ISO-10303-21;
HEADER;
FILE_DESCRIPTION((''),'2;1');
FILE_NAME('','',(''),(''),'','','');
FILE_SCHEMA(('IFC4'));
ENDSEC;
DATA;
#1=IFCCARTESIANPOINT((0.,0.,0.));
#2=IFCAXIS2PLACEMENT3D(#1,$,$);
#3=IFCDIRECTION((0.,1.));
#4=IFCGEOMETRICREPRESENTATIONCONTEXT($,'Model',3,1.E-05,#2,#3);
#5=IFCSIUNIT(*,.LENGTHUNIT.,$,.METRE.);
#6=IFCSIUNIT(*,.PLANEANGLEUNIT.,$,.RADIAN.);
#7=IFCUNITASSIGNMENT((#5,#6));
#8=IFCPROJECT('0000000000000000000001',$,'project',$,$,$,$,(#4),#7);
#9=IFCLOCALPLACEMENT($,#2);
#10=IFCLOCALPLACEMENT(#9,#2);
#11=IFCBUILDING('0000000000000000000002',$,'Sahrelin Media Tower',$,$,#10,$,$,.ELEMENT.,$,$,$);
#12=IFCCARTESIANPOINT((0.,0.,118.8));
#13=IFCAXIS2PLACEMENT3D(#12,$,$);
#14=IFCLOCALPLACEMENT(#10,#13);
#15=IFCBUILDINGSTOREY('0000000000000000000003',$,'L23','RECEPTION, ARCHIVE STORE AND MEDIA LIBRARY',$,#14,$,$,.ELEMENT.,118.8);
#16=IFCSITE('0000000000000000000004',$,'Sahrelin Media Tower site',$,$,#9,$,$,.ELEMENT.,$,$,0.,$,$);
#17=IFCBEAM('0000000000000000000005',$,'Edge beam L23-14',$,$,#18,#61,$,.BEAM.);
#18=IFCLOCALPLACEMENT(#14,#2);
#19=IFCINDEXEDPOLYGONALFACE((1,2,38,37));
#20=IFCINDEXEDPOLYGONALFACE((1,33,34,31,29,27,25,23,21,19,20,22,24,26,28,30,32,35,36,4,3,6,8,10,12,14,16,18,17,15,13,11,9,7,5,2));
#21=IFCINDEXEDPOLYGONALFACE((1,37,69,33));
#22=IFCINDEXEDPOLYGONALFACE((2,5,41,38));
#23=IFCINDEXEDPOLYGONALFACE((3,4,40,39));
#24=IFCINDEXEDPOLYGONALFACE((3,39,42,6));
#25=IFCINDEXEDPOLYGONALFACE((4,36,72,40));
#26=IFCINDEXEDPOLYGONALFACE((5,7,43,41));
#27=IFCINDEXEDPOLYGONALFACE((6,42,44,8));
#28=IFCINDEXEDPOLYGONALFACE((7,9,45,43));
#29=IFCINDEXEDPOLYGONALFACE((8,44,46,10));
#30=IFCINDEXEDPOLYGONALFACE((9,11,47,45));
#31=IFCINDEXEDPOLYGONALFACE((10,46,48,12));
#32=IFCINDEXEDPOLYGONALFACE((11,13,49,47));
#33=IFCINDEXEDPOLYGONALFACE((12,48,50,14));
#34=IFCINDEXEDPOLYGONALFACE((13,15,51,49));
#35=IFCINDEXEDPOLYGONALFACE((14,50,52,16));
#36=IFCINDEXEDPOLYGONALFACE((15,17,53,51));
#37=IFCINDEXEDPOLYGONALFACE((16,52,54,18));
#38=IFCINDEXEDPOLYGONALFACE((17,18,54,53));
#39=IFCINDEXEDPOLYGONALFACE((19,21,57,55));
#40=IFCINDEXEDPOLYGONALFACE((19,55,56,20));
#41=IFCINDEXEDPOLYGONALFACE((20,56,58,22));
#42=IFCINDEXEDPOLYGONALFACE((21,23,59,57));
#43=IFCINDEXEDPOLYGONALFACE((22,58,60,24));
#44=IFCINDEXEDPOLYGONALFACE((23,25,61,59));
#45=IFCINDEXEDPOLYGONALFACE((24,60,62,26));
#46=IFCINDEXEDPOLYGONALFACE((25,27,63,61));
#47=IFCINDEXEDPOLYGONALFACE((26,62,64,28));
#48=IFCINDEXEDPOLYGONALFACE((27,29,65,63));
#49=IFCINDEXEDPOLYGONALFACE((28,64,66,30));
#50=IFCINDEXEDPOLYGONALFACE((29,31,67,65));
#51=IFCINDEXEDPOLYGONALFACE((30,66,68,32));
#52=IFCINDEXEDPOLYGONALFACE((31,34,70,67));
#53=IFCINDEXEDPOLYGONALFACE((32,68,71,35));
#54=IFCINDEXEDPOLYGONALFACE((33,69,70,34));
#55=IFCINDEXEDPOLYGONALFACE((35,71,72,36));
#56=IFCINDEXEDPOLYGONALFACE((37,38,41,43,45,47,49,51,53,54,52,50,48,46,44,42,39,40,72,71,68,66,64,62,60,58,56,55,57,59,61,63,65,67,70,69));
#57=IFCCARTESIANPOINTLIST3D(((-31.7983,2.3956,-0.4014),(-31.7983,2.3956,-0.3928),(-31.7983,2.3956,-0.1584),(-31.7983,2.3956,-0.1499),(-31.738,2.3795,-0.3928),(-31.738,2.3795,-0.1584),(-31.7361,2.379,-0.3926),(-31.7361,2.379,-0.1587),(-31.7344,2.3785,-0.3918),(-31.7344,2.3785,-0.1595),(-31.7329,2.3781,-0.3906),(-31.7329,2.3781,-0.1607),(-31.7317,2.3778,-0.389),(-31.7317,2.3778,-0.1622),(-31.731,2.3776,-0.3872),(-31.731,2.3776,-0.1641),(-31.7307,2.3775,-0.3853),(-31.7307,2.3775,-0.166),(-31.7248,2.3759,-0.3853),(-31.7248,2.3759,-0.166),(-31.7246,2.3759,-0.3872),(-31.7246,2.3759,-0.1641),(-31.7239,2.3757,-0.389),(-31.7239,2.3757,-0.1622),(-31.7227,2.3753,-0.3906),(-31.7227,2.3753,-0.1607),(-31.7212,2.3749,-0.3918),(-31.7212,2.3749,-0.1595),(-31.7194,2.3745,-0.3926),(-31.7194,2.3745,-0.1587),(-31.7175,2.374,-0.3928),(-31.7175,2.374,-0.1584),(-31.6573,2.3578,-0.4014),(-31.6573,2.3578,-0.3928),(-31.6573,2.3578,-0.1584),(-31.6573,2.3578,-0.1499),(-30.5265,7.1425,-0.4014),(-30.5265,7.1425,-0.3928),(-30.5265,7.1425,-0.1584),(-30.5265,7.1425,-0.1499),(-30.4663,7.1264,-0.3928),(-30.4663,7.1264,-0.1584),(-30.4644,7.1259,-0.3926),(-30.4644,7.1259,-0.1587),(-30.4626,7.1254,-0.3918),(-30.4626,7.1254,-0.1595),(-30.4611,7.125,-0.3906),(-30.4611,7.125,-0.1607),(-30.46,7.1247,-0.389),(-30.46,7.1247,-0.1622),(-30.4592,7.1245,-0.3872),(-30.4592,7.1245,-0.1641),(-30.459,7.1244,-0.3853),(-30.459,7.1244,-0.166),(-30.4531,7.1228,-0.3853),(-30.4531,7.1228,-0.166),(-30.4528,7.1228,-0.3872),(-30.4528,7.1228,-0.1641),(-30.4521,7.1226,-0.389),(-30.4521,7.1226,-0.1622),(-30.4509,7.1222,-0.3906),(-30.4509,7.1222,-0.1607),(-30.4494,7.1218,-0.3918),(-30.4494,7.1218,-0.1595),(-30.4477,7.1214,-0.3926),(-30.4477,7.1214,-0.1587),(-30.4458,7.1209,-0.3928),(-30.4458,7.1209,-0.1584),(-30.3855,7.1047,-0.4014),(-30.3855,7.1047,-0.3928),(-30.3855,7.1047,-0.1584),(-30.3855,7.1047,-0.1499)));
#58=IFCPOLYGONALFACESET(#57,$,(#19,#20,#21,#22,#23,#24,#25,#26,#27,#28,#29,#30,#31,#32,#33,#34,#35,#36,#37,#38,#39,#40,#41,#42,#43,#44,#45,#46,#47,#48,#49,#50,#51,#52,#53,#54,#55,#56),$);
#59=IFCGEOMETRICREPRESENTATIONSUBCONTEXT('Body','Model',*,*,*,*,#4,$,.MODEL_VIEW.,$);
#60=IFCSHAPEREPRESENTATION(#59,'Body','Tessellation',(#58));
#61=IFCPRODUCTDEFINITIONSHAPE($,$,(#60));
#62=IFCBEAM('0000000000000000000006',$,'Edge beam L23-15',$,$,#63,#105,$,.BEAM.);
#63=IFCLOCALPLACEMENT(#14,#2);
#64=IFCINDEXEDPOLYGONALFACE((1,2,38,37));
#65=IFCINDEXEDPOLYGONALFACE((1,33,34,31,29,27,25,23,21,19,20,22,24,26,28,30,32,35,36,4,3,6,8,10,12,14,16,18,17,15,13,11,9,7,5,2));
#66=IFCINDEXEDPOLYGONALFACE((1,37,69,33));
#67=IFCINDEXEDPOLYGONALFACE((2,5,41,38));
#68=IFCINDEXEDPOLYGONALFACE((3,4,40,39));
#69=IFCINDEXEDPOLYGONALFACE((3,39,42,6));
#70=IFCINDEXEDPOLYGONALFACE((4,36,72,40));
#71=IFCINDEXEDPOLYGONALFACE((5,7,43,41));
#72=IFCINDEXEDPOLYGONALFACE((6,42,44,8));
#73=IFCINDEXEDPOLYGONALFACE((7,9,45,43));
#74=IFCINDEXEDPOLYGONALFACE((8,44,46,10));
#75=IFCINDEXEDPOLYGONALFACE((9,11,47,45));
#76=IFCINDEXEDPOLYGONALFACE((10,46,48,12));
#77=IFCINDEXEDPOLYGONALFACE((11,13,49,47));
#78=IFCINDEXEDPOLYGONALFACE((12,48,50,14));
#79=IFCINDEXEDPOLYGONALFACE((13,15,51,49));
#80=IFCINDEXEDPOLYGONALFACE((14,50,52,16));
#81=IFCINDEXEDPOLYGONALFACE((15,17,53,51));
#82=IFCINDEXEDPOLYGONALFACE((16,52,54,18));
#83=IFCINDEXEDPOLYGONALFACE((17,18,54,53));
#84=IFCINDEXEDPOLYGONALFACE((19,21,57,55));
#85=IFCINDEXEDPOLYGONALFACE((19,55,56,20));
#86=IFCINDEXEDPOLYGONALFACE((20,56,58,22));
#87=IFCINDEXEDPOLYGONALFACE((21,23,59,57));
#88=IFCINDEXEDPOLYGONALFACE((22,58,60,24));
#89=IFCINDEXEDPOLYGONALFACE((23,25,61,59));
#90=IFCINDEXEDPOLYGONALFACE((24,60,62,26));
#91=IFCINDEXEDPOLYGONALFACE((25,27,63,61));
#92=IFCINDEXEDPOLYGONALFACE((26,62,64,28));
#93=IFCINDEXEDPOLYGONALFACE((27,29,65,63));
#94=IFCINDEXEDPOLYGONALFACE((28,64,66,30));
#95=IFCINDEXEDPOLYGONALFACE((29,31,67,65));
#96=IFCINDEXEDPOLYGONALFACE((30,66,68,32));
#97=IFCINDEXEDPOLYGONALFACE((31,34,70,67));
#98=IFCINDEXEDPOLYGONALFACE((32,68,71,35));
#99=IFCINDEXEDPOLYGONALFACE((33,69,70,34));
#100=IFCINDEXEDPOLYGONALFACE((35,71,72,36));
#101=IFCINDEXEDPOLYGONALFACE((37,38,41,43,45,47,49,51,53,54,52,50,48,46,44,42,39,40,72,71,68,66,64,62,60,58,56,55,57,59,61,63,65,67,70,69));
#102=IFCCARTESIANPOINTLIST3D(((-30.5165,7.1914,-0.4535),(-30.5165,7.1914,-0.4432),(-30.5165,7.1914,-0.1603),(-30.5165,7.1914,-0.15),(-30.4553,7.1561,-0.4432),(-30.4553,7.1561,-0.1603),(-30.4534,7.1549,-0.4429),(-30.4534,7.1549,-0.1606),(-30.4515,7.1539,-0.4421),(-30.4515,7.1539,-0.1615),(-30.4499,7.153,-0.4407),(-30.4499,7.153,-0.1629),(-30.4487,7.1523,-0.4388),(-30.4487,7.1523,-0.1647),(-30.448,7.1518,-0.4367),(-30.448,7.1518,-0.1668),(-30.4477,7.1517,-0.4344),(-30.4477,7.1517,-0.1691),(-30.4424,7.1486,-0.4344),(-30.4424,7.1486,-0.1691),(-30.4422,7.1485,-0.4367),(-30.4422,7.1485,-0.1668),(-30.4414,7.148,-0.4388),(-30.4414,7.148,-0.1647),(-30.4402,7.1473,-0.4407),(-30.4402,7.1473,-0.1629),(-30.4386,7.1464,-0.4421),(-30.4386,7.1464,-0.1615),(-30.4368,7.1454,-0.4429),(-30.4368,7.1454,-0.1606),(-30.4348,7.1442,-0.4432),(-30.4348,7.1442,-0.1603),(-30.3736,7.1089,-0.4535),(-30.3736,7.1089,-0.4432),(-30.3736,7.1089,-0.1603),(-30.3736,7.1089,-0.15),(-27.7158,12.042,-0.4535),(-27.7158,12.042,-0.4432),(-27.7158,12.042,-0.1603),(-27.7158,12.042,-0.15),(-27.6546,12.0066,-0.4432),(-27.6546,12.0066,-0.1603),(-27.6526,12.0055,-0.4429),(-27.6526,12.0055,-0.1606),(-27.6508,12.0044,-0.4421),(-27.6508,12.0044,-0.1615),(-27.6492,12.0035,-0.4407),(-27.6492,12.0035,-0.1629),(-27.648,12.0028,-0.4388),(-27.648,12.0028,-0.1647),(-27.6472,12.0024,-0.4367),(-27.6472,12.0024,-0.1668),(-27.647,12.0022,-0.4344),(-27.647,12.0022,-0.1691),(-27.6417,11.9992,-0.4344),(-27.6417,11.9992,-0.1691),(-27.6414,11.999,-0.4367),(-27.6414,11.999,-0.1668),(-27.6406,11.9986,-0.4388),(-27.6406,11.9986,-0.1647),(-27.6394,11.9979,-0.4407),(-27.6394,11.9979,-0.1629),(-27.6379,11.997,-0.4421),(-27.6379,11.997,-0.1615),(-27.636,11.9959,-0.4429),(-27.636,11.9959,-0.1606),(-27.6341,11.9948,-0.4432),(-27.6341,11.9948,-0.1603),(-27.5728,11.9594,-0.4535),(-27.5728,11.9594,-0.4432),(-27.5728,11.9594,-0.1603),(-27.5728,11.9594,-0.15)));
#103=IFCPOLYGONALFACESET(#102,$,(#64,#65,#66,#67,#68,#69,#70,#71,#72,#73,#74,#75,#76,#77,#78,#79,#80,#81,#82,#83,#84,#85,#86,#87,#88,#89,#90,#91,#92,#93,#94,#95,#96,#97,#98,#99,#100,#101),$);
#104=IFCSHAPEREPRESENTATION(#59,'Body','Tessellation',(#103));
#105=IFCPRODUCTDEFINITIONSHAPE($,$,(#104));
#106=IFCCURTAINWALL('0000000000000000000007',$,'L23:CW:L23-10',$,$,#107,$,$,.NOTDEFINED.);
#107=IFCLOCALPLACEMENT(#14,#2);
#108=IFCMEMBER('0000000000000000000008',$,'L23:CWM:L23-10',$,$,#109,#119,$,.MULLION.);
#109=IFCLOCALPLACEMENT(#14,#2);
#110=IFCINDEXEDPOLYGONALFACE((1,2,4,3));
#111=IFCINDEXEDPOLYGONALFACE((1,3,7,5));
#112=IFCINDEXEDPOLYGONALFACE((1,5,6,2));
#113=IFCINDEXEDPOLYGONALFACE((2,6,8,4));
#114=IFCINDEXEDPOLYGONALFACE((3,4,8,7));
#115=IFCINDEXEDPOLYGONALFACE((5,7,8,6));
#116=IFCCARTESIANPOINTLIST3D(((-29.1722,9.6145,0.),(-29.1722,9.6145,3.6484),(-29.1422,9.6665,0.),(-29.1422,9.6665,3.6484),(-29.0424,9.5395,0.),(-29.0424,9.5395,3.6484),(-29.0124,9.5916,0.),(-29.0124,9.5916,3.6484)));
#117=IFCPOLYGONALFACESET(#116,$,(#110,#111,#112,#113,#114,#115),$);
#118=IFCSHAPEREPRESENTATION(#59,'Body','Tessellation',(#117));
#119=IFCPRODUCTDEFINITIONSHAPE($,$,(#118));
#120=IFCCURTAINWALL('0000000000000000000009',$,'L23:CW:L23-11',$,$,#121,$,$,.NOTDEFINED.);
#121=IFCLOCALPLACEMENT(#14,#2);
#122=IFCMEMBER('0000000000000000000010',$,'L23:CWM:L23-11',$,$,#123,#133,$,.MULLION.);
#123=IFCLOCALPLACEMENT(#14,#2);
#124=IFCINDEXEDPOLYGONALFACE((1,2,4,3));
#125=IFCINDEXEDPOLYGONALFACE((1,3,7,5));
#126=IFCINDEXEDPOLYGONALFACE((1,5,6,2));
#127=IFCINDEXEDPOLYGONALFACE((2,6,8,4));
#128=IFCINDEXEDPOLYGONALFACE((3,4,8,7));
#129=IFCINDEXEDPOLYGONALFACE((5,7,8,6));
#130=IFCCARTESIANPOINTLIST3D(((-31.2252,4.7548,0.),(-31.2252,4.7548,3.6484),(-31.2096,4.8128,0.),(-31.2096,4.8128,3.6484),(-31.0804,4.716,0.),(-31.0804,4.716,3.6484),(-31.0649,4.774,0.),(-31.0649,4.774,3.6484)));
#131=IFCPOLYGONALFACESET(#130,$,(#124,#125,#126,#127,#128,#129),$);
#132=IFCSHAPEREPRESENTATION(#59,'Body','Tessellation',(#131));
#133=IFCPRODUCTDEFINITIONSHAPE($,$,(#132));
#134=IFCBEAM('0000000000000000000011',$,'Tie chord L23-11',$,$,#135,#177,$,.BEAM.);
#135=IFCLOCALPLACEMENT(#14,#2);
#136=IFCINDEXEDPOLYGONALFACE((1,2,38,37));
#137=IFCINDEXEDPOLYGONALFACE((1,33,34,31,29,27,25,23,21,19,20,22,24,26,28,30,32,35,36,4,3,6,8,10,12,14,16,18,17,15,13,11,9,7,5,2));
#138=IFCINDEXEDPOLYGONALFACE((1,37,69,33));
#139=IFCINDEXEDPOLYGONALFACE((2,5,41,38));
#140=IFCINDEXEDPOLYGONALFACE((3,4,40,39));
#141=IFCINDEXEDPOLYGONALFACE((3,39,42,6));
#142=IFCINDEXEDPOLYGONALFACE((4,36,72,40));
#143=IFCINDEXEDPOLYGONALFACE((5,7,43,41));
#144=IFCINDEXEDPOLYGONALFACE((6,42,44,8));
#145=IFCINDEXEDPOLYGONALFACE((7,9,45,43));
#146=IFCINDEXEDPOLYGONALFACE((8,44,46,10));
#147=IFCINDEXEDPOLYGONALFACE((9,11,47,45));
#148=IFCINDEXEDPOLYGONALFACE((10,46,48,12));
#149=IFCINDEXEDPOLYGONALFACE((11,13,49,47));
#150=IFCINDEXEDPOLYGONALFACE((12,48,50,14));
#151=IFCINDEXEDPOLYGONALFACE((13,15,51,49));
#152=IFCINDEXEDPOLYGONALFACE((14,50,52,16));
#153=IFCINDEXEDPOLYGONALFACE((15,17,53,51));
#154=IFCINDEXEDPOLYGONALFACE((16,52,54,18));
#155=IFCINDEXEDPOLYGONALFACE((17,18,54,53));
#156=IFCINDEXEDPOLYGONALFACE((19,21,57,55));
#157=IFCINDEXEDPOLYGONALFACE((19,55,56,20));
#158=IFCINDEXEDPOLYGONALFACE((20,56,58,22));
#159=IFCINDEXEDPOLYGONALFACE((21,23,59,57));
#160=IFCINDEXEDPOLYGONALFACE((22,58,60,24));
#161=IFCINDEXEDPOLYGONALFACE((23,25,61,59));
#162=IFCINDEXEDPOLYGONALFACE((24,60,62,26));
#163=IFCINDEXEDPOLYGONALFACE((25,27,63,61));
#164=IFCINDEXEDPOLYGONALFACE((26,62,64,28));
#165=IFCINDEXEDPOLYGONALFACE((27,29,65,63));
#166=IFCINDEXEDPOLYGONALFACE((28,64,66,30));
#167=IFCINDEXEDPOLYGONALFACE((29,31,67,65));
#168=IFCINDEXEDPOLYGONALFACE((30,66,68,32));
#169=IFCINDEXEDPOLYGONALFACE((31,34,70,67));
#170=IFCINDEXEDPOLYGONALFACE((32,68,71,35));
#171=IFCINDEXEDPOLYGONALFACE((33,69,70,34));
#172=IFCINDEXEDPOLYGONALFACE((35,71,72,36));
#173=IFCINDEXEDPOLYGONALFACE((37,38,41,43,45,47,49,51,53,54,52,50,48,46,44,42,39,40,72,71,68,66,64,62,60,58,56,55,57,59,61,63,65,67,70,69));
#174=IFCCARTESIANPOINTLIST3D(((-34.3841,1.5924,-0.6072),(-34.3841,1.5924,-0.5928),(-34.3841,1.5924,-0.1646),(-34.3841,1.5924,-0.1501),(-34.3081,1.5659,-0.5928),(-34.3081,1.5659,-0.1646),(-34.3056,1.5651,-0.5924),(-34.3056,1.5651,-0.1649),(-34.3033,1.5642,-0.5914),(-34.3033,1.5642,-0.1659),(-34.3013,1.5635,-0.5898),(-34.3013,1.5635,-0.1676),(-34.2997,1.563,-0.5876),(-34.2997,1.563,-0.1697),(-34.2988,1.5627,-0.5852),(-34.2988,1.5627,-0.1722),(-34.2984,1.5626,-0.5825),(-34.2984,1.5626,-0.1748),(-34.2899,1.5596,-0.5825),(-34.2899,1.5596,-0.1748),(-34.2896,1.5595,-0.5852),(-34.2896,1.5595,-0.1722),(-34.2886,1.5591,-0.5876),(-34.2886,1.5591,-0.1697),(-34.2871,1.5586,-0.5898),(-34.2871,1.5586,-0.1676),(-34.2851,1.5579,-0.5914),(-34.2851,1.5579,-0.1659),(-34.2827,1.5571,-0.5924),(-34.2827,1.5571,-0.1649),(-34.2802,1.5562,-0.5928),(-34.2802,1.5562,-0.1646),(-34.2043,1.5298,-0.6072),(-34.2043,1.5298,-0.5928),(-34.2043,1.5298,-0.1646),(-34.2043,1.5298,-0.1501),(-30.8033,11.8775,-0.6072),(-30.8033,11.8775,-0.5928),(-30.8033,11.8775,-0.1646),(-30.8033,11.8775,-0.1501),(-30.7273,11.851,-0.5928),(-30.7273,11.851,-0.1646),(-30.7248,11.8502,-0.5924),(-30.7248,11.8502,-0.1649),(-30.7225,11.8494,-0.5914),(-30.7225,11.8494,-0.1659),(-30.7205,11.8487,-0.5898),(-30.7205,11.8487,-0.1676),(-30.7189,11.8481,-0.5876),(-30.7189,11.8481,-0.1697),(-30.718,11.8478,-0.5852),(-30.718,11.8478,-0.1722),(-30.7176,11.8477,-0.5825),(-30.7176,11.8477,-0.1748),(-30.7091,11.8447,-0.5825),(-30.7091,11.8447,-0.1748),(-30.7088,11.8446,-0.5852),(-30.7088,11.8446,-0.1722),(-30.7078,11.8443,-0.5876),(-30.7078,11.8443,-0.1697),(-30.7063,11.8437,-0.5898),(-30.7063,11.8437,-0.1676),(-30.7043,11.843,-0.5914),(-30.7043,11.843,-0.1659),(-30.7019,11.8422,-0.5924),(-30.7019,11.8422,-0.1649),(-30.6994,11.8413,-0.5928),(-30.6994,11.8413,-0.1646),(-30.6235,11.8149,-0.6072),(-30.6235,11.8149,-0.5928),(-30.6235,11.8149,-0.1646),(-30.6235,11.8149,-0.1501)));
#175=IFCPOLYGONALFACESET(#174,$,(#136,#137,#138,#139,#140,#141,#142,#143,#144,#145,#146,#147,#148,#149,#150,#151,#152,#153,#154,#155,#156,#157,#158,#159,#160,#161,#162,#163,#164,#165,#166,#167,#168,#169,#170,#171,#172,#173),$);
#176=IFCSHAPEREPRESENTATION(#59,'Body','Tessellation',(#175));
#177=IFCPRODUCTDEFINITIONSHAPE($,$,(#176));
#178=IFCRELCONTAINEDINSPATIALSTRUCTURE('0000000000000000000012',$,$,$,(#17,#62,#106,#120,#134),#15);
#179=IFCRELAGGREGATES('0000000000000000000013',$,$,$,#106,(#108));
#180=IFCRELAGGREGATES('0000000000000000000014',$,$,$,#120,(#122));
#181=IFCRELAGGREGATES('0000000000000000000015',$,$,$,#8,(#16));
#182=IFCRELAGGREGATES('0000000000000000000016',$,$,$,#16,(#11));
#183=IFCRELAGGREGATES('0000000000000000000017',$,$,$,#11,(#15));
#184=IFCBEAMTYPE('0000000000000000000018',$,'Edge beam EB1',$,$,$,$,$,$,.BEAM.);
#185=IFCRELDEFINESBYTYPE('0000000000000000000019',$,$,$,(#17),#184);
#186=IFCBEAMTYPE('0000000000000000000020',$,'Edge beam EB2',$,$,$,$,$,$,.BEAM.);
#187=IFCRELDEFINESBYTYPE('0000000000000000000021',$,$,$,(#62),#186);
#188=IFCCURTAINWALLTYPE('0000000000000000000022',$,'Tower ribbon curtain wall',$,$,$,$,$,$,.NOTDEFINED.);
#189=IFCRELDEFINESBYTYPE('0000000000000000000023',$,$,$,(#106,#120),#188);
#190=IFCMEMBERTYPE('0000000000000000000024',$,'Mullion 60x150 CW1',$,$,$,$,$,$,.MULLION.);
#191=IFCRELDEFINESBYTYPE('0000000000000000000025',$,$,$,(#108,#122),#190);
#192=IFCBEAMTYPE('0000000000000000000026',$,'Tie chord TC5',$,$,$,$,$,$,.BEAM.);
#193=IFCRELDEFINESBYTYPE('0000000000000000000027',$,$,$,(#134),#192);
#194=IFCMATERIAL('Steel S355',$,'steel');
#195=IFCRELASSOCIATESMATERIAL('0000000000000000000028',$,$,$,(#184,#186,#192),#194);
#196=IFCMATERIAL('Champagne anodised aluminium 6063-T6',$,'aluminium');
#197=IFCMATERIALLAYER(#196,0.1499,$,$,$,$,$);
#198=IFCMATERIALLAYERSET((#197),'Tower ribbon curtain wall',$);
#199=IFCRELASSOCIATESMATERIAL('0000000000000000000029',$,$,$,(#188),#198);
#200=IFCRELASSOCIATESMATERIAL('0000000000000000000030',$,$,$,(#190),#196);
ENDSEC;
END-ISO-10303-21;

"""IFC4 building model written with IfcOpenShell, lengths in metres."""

from ifc_helpers import new_model, si_unit, direction, frame, origin, origin_2d, place, context, subcontext, project, spatial, rectangle, i_section, extrude, material, layer, layer_set, material_profile, profile_set, type_object, element, aggregate, save


model = new_model("IFC4")

# Units and contexts
model_context = context("Model", 3, precision=1e-05, world=origin(), true_north=direction((0.0, 1.0)))
body_context = subcontext(model_context, "Body", "Model", "MODEL_VIEW")
ifc_project = project(units=[si_unit("LENGTHUNIT", "METRE"), si_unit("PLANEANGLEUNIT", "RADIAN")], contexts=[model_context])

# Site, building, storey
site_placement = place(None, origin())
site = spatial("IfcSite", under=ifc_project, at=site_placement, Name="Sahrelin Media Tower site", CompositionType="ELEMENT", RefElevation=0.0)
building_placement = place(site_placement, origin())
building = spatial("IfcBuilding", under=site, at=building_placement, Name="Sahrelin Media Tower", CompositionType="ELEMENT")
storey_placement = place(building_placement, frame((0.0, 0.0, 118.8)))
storey = spatial("IfcBuildingStorey", under=building, at=storey_placement, Name="L23", Description="RECEPTION, ARCHIVE STORE AND MEDIA LIBRARY", CompositionType="ELEMENT", Elevation=118.8)

# Beams
ifc_material_1 = material(Name="Steel S355", Category="steel")
ifc_material_profile_1 = material_profile(ifc_material_1, i_section(OverallWidth=0.146, OverallDepth=0.2515, WebThickness=0.0061, FlangeThickness=0.0085, FilletRadius=0.0076, at=origin_2d()), Name="UB 254x146x31")
ifc_profile_set_1 = profile_set([ifc_material_profile_1], Name="Steel S355")
beam_type_1 = type_object("IfcBeamType", Name="Edge beam EB1", PredefinedType="BEAM", material=ifc_profile_set_1)
beam_1_placement = place(storey_placement, frame((-31.7278, 2.3767, -0.2756), z_axis=(0.258785, 0.965935, 0.0), x_axis=(-0.965935, 0.258785, 0.0)))
element("IfcBeam", 1, at=beam_1_placement, inside=storey, type_object=beam_type_1, Name="Edge beam L23-14", PredefinedType="BEAM", context=body_context, shape_type="SweptSolid", body=[
    extrude(i_section(OverallWidth=0.146, OverallDepth=0.2515, WebThickness=0.0061, FlangeThickness=0.0085, FilletRadius=0.0076, at=origin_2d()), origin(), (0.0, 0.0, 1.0), 4.9143),
])
ifc_material_profile_2 = material_profile(ifc_material_1, i_section(OverallWidth=0.165, OverallDepth=0.3035, WebThickness=0.0061, FlangeThickness=0.0103, FilletRadius=0.0088, at=origin_2d()), Name="UB 305x165x40")
ifc_profile_set_2 = profile_set([ifc_material_profile_2], Name="Steel S355")
beam_type_2 = type_object("IfcBeamType", Name="Edge beam EB2", PredefinedType="BEAM", material=ifc_profile_set_2)
beam_2_placement = place(storey_placement, frame((-30.4451, 7.1501, -0.3018), z_axis=(0.500039, 0.866003, 0.0), x_axis=(-0.866003, 0.500039, 0.0)))
element("IfcBeam", 2, at=beam_2_placement, inside=storey, type_object=beam_type_2, Name="Edge beam L23-15", PredefinedType="BEAM", context=body_context, shape_type="SweptSolid", body=[
    extrude(i_section(OverallWidth=0.165, OverallDepth=0.3035, WebThickness=0.0061, FlangeThickness=0.0103, FilletRadius=0.0088, at=origin_2d()), origin(), (0.0, 0.0, 1.0), 5.6011),
])

# Curtain walls, members
ifc_material_2 = material(Name="Champagne anodised aluminium 6063-T6", Category="aluminium")
ifc_layer_1 = layer(ifc_material_2, 0.1499)
ifc_layer_set_1 = layer_set([ifc_layer_1], Name="Tower ribbon curtain wall")
curtain_wall_type = type_object("IfcCurtainWallType", Name="Tower ribbon curtain wall", PredefinedType="NOTDEFINED", material=ifc_layer_set_1)
curtain_wall_1_placement = place(storey_placement, frame((-29.1746, 9.6504, 0.0), z_axis=(0.0, 0.0, 1.0), x_axis=(1.0, 0.0, 0.0)))
curtain_wall_1 = element("IfcCurtainWall", 3, at=curtain_wall_1_placement, inside=storey, type_object=curtain_wall_type, Name="L23:CW:L23-10", PredefinedType="NOTDEFINED")
ifc_material_profile_3 = material_profile(ifc_material_2, rectangle(XDim=0.0601, YDim=0.1499, at=origin_2d()), Name="Mullion 60x150")
ifc_profile_set_3 = profile_set([ifc_material_profile_3], Name="Champagne anodised aluminium 6063-T6")
member_type_1 = type_object("IfcMemberType", Name="Mullion 60x150 CW1", PredefinedType="MULLION", material=ifc_profile_set_3)
member_1_placement = place(storey_placement, frame((-29.0923, 9.603, 0.0), z_axis=(0.0, 0.0, 1.0), x_axis=(-0.500002, -0.866025, 0.0)))
member_1 = element("IfcMember", 4, at=member_1_placement, type_object=member_type_1, Name="L23:CWM:L23-10", PredefinedType="MULLION", context=body_context, shape_type="SweptSolid", body=[
    extrude(rectangle(XDim=0.0601, YDim=0.1499, at=origin_2d()), origin(), (0.0, 0.0, 1.0), 3.6484),
])
curtain_wall_2_placement = place(storey_placement, frame((-31.2368, 4.7888, 0.0), z_axis=(0.0, 0.0, 1.0), x_axis=(1.0, 0.0, 0.0)))
curtain_wall_2 = element("IfcCurtainWall", 5, at=curtain_wall_2_placement, inside=storey, type_object=curtain_wall_type, Name="L23:CW:L23-11", PredefinedType="NOTDEFINED")
member_2_placement = place(storey_placement, frame((-31.145, 4.7644, 0.0), z_axis=(0.0, 0.0, 1.0), x_axis=(-0.258821, -0.965925, 0.0)))
member_2 = element("IfcMember", 6, at=member_2_placement, type_object=member_type_1, Name="L23:CWM:L23-11", PredefinedType="MULLION", context=body_context, shape_type="SweptSolid", body=[
    extrude(rectangle(XDim=0.0601, YDim=0.1499, at=origin_2d()), origin(), (0.0, 0.0, 1.0), 3.6484),
])

# Beam
ifc_material_profile_4 = material_profile(ifc_material_1, i_section(OverallWidth=0.1904, OverallDepth=0.457, WebThickness=0.009, FlangeThickness=0.0144, FilletRadius=0.0103, at=origin_2d()), Name="UB 457x191x74")
ifc_profile_set_4 = profile_set([ifc_material_profile_4], Name="Steel S355")
beam_type_3 = type_object("IfcBeamType", Name="Tie chord TC5", PredefinedType="BEAM", material=ifc_profile_set_4)
beam_3_placement = place(storey_placement, frame((-30.7134, 11.8462, -0.3787), z_axis=(-0.328796, -0.944401, 0.0), x_axis=(0.944401, -0.328796, 0.0)))
element("IfcBeam", 7, at=beam_3_placement, inside=storey, type_object=beam_type_3, Name="Tie chord L23-11", PredefinedType="BEAM", context=body_context, shape_type="SweptSolid", body=[
    extrude(i_section(OverallWidth=0.1904, OverallDepth=0.457, WebThickness=0.009, FlangeThickness=0.0144, FilletRadius=0.0103, at=origin_2d()), origin(), (0.0, 0.0, 1.0), 10.8906),
])

aggregate(curtain_wall_1, [member_1])

aggregate(curtain_wall_2, [member_2])

save(model, "model.ifc")
